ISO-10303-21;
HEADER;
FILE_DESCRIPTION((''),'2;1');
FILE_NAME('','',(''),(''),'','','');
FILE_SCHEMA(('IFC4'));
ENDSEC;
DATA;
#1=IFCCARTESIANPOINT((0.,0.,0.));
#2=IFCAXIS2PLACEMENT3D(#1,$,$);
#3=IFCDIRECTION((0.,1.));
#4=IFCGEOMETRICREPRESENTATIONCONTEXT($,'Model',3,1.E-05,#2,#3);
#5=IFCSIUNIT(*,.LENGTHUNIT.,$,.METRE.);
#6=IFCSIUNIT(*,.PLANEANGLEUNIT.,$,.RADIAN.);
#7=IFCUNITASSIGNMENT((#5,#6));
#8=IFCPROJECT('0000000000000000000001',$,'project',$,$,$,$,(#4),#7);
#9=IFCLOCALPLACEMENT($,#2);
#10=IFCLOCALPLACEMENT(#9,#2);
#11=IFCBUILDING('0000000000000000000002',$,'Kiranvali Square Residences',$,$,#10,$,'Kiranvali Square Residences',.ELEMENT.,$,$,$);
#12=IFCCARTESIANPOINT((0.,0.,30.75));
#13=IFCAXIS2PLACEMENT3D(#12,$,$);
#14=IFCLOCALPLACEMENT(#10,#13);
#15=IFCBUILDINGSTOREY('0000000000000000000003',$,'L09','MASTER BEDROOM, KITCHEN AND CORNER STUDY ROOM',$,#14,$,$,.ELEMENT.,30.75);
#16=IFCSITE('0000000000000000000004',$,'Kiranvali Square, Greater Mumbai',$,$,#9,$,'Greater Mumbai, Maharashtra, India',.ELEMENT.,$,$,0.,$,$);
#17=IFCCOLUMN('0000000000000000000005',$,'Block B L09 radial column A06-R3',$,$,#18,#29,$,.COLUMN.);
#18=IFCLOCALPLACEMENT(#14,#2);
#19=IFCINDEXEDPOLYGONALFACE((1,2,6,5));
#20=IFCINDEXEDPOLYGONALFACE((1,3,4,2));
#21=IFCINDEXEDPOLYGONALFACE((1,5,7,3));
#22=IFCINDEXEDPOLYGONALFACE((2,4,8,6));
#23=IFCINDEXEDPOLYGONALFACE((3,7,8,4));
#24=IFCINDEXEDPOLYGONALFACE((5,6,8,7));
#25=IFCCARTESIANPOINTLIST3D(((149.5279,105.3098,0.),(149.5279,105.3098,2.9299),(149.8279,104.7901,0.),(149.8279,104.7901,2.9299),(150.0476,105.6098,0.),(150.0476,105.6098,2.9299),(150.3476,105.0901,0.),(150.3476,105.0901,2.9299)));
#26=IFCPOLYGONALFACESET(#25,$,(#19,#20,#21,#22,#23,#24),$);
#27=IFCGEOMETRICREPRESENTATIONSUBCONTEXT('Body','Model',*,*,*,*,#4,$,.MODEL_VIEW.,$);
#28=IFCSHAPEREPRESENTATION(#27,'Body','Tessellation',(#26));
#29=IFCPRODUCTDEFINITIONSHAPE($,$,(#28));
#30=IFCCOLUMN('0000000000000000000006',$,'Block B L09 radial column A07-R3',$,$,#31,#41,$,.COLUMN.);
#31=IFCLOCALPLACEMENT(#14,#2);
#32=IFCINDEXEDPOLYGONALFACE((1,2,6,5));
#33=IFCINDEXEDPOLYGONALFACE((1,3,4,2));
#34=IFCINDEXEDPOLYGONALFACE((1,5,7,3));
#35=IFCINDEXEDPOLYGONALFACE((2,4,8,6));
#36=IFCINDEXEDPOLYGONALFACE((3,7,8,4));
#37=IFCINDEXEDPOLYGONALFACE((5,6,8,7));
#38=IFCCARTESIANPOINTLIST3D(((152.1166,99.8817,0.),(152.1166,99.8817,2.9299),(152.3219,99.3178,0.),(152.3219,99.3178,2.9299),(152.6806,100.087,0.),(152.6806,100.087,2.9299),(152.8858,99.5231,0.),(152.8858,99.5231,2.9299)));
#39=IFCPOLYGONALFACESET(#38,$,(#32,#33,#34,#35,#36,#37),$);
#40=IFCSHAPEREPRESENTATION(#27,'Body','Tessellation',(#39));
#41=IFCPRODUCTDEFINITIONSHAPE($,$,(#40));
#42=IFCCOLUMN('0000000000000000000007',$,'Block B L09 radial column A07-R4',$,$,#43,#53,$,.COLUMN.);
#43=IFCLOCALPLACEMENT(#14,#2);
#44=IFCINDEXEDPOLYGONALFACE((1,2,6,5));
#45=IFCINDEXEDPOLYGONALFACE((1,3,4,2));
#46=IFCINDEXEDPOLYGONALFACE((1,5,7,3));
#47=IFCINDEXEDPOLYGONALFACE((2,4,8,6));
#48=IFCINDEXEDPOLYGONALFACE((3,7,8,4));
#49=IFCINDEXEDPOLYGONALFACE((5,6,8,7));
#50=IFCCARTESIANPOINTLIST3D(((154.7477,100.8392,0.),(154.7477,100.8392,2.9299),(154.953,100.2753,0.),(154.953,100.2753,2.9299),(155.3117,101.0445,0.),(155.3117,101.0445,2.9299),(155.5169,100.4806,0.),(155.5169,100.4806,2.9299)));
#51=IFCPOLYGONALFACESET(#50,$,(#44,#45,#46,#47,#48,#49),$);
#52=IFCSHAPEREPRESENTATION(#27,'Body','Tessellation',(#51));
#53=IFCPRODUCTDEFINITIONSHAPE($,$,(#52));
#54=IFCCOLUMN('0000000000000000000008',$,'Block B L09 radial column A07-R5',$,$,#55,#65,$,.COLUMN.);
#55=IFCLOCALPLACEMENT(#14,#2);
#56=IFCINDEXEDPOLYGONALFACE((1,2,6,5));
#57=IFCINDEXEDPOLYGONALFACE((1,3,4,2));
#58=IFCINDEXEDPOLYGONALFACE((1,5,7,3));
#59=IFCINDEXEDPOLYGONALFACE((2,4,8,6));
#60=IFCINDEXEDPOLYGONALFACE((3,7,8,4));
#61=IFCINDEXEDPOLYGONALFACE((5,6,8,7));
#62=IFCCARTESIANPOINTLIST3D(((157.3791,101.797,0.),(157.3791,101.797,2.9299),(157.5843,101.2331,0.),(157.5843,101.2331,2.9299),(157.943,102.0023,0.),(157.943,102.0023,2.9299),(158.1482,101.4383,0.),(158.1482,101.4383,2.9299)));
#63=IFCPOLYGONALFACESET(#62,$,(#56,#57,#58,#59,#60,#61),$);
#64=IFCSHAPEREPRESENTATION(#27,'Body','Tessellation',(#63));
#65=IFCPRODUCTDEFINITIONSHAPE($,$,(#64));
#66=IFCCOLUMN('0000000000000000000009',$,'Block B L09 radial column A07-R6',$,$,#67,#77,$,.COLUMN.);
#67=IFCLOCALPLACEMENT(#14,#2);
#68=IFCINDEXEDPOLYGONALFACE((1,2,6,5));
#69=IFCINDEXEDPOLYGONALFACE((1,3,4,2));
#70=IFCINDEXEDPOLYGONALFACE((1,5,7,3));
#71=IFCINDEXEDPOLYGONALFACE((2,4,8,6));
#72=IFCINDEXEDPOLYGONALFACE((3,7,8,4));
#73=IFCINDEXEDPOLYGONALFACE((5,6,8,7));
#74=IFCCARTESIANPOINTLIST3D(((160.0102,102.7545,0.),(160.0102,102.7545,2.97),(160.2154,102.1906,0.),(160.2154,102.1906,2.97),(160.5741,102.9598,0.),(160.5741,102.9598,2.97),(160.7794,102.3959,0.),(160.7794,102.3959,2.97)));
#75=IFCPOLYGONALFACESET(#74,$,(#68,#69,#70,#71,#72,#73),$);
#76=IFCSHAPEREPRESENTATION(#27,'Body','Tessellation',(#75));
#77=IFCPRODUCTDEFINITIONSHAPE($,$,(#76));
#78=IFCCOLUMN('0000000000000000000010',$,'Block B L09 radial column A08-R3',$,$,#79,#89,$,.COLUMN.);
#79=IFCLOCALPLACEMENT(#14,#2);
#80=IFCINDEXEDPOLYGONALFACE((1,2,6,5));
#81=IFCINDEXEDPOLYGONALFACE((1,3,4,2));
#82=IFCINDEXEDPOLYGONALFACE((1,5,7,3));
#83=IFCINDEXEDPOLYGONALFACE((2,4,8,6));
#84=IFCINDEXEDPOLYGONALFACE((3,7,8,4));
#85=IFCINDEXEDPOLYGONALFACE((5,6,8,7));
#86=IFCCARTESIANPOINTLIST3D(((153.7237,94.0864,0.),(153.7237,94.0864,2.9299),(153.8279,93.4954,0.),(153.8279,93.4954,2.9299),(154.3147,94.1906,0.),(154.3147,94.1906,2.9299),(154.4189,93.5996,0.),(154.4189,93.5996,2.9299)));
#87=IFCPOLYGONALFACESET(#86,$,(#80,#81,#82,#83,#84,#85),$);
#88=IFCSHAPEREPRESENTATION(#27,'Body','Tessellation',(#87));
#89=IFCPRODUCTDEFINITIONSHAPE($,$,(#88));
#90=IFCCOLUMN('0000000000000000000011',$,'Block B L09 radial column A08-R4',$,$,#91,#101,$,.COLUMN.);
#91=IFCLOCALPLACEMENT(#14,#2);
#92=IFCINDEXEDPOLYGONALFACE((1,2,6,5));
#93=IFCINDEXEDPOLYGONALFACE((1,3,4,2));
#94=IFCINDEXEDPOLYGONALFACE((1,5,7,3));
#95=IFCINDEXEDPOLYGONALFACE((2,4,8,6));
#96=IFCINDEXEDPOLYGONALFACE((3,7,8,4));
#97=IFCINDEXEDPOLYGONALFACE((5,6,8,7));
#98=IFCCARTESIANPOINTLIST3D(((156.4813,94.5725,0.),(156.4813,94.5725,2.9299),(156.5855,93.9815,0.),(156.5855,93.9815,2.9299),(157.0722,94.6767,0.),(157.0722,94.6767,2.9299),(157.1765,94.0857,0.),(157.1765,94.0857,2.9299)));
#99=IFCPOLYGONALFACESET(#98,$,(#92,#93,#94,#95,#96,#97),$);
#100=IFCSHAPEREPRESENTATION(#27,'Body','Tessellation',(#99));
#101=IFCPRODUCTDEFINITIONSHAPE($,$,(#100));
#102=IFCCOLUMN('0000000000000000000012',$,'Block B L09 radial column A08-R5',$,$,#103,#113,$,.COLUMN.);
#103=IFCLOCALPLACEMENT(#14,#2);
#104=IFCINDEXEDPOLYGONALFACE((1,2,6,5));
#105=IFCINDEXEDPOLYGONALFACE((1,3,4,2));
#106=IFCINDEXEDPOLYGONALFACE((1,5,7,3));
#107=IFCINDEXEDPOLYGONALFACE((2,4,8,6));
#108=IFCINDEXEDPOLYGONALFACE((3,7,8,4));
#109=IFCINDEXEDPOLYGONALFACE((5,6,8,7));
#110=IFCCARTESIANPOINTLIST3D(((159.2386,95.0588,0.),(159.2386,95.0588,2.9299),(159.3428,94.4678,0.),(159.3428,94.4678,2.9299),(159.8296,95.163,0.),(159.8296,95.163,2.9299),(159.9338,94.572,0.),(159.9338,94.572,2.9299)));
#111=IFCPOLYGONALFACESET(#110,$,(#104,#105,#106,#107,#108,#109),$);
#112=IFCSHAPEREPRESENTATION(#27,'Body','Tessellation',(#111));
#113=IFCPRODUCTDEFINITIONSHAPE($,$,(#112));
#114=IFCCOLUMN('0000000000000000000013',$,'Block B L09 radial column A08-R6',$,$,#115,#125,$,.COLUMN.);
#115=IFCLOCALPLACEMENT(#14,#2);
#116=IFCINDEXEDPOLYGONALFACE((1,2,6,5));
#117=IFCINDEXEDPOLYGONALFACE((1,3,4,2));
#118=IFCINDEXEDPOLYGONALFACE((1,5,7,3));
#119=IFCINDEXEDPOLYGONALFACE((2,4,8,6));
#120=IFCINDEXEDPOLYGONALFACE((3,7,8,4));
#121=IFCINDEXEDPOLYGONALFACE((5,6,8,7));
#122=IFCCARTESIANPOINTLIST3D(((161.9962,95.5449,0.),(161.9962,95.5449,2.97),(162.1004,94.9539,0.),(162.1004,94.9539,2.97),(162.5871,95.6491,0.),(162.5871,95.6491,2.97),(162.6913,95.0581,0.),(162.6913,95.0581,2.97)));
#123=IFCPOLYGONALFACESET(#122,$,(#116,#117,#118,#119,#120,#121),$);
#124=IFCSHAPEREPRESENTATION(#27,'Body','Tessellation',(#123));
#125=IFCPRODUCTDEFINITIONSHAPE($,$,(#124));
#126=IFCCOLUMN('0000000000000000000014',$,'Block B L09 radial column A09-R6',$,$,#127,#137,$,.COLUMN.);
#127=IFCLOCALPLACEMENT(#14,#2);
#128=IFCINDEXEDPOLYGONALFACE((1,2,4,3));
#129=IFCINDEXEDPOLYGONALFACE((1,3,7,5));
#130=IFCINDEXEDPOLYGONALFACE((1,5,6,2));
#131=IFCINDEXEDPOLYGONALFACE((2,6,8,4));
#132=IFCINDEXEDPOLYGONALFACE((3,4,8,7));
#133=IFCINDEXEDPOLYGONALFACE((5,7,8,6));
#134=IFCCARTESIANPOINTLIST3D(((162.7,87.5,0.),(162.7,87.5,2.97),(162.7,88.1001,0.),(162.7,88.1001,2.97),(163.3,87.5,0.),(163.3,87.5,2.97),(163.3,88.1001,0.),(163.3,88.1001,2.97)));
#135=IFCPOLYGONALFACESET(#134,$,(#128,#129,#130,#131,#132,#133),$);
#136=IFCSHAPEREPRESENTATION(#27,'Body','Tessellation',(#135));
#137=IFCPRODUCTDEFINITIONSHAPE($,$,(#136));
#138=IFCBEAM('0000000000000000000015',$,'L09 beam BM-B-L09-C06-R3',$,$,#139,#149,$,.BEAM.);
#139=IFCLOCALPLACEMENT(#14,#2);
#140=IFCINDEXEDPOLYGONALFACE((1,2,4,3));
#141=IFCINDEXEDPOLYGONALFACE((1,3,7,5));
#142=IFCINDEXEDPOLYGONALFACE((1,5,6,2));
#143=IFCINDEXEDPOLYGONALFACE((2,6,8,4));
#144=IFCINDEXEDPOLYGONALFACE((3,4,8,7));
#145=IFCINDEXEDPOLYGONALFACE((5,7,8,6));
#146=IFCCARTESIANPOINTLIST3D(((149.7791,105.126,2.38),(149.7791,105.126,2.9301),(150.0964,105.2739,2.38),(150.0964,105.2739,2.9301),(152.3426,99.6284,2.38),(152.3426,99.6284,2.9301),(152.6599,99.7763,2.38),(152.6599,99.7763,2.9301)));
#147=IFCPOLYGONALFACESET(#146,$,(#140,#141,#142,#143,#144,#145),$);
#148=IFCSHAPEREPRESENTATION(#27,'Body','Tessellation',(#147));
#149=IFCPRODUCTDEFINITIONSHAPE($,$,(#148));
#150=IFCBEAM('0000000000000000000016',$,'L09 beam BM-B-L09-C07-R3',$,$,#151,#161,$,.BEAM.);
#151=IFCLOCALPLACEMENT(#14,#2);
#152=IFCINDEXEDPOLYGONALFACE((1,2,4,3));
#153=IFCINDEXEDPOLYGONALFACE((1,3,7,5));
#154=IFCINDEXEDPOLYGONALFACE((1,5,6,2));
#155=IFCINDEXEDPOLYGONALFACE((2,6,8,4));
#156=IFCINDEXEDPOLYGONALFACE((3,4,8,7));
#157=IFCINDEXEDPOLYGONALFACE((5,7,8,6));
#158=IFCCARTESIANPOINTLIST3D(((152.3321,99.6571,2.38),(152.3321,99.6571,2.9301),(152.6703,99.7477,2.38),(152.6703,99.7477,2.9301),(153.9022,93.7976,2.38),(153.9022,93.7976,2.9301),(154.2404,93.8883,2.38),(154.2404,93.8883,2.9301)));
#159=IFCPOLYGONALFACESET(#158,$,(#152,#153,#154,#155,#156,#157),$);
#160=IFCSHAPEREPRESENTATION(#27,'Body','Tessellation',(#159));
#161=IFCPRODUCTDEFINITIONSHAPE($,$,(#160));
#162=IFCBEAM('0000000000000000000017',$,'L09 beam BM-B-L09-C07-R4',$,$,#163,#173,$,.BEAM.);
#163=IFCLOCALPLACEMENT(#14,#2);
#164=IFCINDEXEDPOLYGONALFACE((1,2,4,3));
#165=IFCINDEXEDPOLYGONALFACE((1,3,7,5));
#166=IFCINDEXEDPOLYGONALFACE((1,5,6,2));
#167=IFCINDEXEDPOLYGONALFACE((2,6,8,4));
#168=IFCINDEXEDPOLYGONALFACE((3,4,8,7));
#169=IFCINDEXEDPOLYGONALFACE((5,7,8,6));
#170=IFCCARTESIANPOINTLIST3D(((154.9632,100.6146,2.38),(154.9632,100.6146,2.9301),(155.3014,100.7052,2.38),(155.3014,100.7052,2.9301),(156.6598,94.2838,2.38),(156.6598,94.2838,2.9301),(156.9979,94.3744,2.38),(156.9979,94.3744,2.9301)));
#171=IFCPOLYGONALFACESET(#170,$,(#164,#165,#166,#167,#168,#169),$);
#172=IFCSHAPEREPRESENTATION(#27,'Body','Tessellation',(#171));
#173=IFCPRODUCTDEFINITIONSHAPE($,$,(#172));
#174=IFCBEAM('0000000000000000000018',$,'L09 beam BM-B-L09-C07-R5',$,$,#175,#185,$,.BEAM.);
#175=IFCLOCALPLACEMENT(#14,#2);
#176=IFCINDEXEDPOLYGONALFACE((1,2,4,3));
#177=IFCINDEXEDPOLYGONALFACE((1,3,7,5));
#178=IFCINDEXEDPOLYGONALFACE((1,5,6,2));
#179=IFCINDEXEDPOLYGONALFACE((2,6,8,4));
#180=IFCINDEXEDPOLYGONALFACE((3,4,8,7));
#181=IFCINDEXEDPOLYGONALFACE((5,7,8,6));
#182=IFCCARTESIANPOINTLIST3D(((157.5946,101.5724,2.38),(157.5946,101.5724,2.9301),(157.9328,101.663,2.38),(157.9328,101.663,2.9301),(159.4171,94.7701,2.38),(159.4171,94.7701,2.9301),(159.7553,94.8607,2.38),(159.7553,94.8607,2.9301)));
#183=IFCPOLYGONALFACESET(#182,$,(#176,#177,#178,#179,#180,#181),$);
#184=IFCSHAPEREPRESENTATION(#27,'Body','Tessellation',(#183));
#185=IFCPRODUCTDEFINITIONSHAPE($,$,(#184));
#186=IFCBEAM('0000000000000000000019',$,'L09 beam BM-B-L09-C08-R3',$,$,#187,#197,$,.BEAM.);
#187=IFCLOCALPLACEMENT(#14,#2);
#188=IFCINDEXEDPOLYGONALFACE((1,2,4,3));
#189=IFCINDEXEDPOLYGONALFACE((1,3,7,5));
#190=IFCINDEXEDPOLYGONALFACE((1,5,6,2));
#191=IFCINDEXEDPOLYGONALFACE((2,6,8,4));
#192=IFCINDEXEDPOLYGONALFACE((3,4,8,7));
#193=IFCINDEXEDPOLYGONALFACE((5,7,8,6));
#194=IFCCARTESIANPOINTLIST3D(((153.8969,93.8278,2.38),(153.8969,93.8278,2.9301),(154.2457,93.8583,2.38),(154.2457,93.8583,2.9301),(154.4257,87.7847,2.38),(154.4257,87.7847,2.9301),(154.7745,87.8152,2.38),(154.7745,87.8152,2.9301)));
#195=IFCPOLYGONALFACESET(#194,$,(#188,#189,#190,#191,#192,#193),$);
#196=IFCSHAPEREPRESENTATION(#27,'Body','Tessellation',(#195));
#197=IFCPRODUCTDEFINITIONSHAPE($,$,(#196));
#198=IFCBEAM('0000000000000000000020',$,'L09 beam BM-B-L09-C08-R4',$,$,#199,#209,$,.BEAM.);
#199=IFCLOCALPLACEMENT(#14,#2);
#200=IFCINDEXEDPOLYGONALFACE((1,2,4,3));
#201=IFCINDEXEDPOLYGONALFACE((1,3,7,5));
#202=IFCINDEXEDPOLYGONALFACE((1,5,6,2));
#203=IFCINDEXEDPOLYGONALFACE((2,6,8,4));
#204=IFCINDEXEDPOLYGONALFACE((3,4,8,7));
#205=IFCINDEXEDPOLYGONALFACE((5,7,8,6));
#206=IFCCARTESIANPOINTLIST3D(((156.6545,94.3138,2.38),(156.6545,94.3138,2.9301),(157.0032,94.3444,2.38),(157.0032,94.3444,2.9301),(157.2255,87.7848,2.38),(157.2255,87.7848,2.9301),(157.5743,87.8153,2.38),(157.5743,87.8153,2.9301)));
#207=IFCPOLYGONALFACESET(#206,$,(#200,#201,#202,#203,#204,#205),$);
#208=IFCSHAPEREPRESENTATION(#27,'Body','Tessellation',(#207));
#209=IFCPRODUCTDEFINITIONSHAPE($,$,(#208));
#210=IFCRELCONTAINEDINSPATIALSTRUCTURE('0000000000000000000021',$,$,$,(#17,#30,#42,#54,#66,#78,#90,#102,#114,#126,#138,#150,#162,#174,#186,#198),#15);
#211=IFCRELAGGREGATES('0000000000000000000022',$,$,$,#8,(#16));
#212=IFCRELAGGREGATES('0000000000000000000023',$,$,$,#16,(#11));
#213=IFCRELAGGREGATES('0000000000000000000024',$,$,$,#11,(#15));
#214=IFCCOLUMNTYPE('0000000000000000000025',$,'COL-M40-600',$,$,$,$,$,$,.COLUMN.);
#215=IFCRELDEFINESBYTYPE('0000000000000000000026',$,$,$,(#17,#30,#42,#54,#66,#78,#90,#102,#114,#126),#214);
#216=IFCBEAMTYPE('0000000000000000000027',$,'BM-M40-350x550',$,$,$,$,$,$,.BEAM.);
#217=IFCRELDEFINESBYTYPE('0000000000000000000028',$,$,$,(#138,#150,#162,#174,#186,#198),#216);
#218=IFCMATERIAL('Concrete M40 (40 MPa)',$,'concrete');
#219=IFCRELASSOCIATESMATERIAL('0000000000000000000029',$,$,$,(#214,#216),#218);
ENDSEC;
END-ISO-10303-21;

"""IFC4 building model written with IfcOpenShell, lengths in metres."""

from ifc_helpers import new_model, si_unit, direction, frame, origin, origin_2d, place, context, subcontext, project, spatial, rectangle, extrude, material, material_profile, profile_set, type_object, element, save


model = new_model("IFC4")

# Units and contexts
model_context = context("Model", 3, precision=1e-05, world=origin(), true_north=direction((0.0, 1.0)))
body_context = subcontext(model_context, "Body", "Model", "MODEL_VIEW")
ifc_project = project(units=[si_unit("LENGTHUNIT", "METRE"), si_unit("PLANEANGLEUNIT", "RADIAN")], contexts=[model_context])

# Site, building, storey
site_placement = place(None, origin())
site = spatial("IfcSite", under=ifc_project, at=site_placement, Name="Kiranvali Square, Greater Mumbai", LongName="Greater Mumbai, Maharashtra, India", CompositionType="ELEMENT", RefElevation=0.0)
building_placement = place(site_placement, origin())
building = spatial("IfcBuilding", under=site, at=building_placement, Name="Kiranvali Square Residences", LongName="Kiranvali Square Residences", CompositionType="ELEMENT")
storey_placement = place(building_placement, frame((0.0, 0.0, 30.75)))
storey = spatial("IfcBuildingStorey", under=building, at=storey_placement, Name="L09", Description="MASTER BEDROOM, KITCHEN AND CORNER STUDY ROOM", CompositionType="ELEMENT", Elevation=30.75)

# Columns
ifc_material_1 = material(Name="Concrete M40 (40 MPa)", Category="concrete")
ifc_material_profile_1 = material_profile(ifc_material_1, rectangle(XDim=0.6001, YDim=0.6001, at=origin_2d()), Name="RC 600x600")
ifc_profile_set_1 = profile_set([ifc_material_profile_1], Name="Concrete M40 (40 MPa)")
column_type = type_object("IfcColumnType", Name="COL-M40-600", PredefinedType="COLUMN", material=ifc_profile_set_1)
for number, where, z_axis, x_axis, name in (
    (1, (149.9377, 105.2, 0.0), (0.0, 0.0, 1.0), (-0.5, 0.866025, 0.0), "Block B L09 radial column A06-R3"),
    (2, (152.5012, 99.7024, 0.0), (0.0, 0.0, 1.0), (-0.34202, 0.939693, 0.0), "Block B L09 radial column A07-R3"),
    (3, (155.1323, 100.6599, 0.0), (0.0, 0.0, 1.0), (-0.34202, 0.939693, 0.0), "Block B L09 radial column A07-R4"),
    (4, (157.7637, 101.6177, 0.0), (0.0, 0.0, 1.0), (-0.34202, 0.939693, 0.0), "Block B L09 radial column A07-R5"),
):
    element("IfcColumn", number, at=place(storey_placement, frame(where, z_axis=z_axis, x_axis=x_axis)), inside=storey, type_object=column_type, Name=name, PredefinedType="COLUMN", context=body_context, shape_type="SweptSolid", body=[
        extrude(rectangle(XDim=0.6001, YDim=0.6001, at=origin_2d()), origin(), (0.0, 0.0, 1.0), 2.9299),
    ])
column_placement = place(storey_placement, frame((160.3948, 102.5752, 0.0), z_axis=(0.0, 0.0, 1.0), x_axis=(-0.34202, 0.939693, 0.0)))
element("IfcColumn", 5, at=column_placement, inside=storey, type_object=column_type, Name="Block B L09 radial column A07-R6", PredefinedType="COLUMN", context=body_context, shape_type="SweptSolid", body=[
    extrude(rectangle(XDim=0.6001, YDim=0.6001, at=origin_2d()), origin(), (0.0, 0.0, 1.0), 2.97),
])
for number, where, z_axis, x_axis, name in (
    (6, (154.0713, 93.843, 0.0), (0.0, 0.0, 1.0), (-0.173648, 0.984808, 0.0), "Block B L09 radial column A08-R3"),
    (7, (156.8289, 94.3291, 0.0), (0.0, 0.0, 1.0), (-0.173648, 0.984808, 0.0), "Block B L09 radial column A08-R4"),
    (8, (159.5862, 94.8154, 0.0), (0.0, 0.0, 1.0), (-0.173648, 0.984808, 0.0), "Block B L09 radial column A08-R5"),
):
    element("IfcColumn", number, at=place(storey_placement, frame(where, z_axis=z_axis, x_axis=x_axis)), inside=storey, type_object=column_type, Name=name, PredefinedType="COLUMN", context=body_context, shape_type="SweptSolid", body=[
        extrude(rectangle(XDim=0.6001, YDim=0.6001, at=origin_2d()), origin(), (0.0, 0.0, 1.0), 2.9299),
    ])
for number, where, z_axis, x_axis, name in (
    (9, (162.3438, 95.3015, 0.0), (0.0, 0.0, 1.0), (-0.173648, 0.984808, 0.0), "Block B L09 radial column A08-R6"),
    (10, (163.0, 87.8, 0.0), (0.0, 0.0, 1.0), (0.0, 1.0, 0.0), "Block B L09 radial column A09-R6"),
):
    element("IfcColumn", number, at=place(storey_placement, frame(where, z_axis=z_axis, x_axis=x_axis)), inside=storey, type_object=column_type, Name=name, PredefinedType="COLUMN", context=body_context, shape_type="SweptSolid", body=[
        extrude(rectangle(XDim=0.6001, YDim=0.6001, at=origin_2d()), origin(), (0.0, 0.0, 1.0), 2.97),
    ])

# Beams
ifc_material_profile_2 = material_profile(ifc_material_1, rectangle(XDim=0.3501, YDim=0.55, at=origin_2d()), Name="RC 350x550")
ifc_profile_set_2 = profile_set([ifc_material_profile_2], Name="Concrete M40 (40 MPa)")
beam_type_1 = type_object("IfcBeamType", Name="BM-M40-350x550", PredefinedType="BEAM", material=ifc_profile_set_2)
beam_1_placement = place(storey_placement, frame((149.9377, 105.2, 2.655), z_axis=(0.422608, -0.906313, 0.0), x_axis=(0.906313, 0.422608, 0.0)))
element("IfcBeam", 11, at=beam_1_placement, inside=storey, type_object=beam_type_1, Name="L09 beam BM-B-L09-C06-R3", PredefinedType="BEAM", context=body_context, shape_type="SweptSolid", body=[
    extrude(rectangle(XDim=0.3501, YDim=0.55, at=origin_2d()), origin(), (0.0, 0.0, 1.0), 6.0659),
])
beam_2_placement = place(storey_placement, frame((152.5012, 99.7024, 2.655), z_axis=(0.258827, -0.965924, 0.0), x_axis=(0.965924, 0.258827, 0.0)))
element("IfcBeam", 12, at=beam_2_placement, inside=storey, type_object=beam_type_1, Name="L09 beam BM-B-L09-C07-R3", PredefinedType="BEAM", context=body_context, shape_type="SweptSolid", body=[
    extrude(rectangle(XDim=0.3501, YDim=0.55, at=origin_2d()), origin(), (0.0, 0.0, 1.0), 6.0662),
])
beam_3_placement = place(storey_placement, frame((155.1323, 100.6599, 2.655), z_axis=(0.258847, -0.965918, 0.0), x_axis=(0.965918, 0.258847, 0.0)))
element("IfcBeam", 13, at=beam_3_placement, inside=storey, type_object=beam_type_1, Name="L09 beam BM-B-L09-C07-R4", PredefinedType="BEAM", context=body_context, shape_type="SweptSolid", body=[
    extrude(rectangle(XDim=0.3501, YDim=0.55, at=origin_2d()), origin(), (0.0, 0.0, 1.0), 6.5542),
])
beam_4_placement = place(storey_placement, frame((157.7637, 101.6177, 2.655), z_axis=(0.2588, -0.965931, 0.0), x_axis=(0.965931, 0.2588, 0.0)))
element("IfcBeam", 14, at=beam_4_placement, inside=storey, type_object=beam_type_1, Name="L09 beam BM-B-L09-C07-R5", PredefinedType="BEAM", context=body_context, shape_type="SweptSolid", body=[
    extrude(rectangle(XDim=0.3501, YDim=0.55, at=origin_2d()), origin(), (0.0, 0.0, 1.0), 7.0422),
])
beam_5_placement = place(storey_placement, frame((154.0713, 93.843, 2.655), z_axis=(0.087175, -0.996193, 0.0), x_axis=(0.996193, 0.087175, 0.0)))
element("IfcBeam", 15, at=beam_5_placement, inside=storey, type_object=beam_type_1, Name="L09 beam BM-B-L09-C08-R3", PredefinedType="BEAM", context=body_context, shape_type="SweptSolid", body=[
    extrude(rectangle(XDim=0.3501, YDim=0.55, at=origin_2d()), origin(), (0.0, 0.0, 1.0), 6.0662),
])
beam_6_placement = place(storey_placement, frame((156.8289, 94.3291, 2.655), z_axis=(0.08713, -0.996197, 0.0), x_axis=(0.996197, 0.08713, 0.0)))
element("IfcBeam", 16, at=beam_6_placement, inside=storey, type_object=beam_type_1, Name="L09 beam BM-B-L09-C08-R4", PredefinedType="BEAM", context=body_context, shape_type="SweptSolid", body=[
    extrude(rectangle(XDim=0.3501, YDim=0.55, at=origin_2d()), origin(), (0.0, 0.0, 1.0), 6.554),
])

save(model, "model.ifc")
